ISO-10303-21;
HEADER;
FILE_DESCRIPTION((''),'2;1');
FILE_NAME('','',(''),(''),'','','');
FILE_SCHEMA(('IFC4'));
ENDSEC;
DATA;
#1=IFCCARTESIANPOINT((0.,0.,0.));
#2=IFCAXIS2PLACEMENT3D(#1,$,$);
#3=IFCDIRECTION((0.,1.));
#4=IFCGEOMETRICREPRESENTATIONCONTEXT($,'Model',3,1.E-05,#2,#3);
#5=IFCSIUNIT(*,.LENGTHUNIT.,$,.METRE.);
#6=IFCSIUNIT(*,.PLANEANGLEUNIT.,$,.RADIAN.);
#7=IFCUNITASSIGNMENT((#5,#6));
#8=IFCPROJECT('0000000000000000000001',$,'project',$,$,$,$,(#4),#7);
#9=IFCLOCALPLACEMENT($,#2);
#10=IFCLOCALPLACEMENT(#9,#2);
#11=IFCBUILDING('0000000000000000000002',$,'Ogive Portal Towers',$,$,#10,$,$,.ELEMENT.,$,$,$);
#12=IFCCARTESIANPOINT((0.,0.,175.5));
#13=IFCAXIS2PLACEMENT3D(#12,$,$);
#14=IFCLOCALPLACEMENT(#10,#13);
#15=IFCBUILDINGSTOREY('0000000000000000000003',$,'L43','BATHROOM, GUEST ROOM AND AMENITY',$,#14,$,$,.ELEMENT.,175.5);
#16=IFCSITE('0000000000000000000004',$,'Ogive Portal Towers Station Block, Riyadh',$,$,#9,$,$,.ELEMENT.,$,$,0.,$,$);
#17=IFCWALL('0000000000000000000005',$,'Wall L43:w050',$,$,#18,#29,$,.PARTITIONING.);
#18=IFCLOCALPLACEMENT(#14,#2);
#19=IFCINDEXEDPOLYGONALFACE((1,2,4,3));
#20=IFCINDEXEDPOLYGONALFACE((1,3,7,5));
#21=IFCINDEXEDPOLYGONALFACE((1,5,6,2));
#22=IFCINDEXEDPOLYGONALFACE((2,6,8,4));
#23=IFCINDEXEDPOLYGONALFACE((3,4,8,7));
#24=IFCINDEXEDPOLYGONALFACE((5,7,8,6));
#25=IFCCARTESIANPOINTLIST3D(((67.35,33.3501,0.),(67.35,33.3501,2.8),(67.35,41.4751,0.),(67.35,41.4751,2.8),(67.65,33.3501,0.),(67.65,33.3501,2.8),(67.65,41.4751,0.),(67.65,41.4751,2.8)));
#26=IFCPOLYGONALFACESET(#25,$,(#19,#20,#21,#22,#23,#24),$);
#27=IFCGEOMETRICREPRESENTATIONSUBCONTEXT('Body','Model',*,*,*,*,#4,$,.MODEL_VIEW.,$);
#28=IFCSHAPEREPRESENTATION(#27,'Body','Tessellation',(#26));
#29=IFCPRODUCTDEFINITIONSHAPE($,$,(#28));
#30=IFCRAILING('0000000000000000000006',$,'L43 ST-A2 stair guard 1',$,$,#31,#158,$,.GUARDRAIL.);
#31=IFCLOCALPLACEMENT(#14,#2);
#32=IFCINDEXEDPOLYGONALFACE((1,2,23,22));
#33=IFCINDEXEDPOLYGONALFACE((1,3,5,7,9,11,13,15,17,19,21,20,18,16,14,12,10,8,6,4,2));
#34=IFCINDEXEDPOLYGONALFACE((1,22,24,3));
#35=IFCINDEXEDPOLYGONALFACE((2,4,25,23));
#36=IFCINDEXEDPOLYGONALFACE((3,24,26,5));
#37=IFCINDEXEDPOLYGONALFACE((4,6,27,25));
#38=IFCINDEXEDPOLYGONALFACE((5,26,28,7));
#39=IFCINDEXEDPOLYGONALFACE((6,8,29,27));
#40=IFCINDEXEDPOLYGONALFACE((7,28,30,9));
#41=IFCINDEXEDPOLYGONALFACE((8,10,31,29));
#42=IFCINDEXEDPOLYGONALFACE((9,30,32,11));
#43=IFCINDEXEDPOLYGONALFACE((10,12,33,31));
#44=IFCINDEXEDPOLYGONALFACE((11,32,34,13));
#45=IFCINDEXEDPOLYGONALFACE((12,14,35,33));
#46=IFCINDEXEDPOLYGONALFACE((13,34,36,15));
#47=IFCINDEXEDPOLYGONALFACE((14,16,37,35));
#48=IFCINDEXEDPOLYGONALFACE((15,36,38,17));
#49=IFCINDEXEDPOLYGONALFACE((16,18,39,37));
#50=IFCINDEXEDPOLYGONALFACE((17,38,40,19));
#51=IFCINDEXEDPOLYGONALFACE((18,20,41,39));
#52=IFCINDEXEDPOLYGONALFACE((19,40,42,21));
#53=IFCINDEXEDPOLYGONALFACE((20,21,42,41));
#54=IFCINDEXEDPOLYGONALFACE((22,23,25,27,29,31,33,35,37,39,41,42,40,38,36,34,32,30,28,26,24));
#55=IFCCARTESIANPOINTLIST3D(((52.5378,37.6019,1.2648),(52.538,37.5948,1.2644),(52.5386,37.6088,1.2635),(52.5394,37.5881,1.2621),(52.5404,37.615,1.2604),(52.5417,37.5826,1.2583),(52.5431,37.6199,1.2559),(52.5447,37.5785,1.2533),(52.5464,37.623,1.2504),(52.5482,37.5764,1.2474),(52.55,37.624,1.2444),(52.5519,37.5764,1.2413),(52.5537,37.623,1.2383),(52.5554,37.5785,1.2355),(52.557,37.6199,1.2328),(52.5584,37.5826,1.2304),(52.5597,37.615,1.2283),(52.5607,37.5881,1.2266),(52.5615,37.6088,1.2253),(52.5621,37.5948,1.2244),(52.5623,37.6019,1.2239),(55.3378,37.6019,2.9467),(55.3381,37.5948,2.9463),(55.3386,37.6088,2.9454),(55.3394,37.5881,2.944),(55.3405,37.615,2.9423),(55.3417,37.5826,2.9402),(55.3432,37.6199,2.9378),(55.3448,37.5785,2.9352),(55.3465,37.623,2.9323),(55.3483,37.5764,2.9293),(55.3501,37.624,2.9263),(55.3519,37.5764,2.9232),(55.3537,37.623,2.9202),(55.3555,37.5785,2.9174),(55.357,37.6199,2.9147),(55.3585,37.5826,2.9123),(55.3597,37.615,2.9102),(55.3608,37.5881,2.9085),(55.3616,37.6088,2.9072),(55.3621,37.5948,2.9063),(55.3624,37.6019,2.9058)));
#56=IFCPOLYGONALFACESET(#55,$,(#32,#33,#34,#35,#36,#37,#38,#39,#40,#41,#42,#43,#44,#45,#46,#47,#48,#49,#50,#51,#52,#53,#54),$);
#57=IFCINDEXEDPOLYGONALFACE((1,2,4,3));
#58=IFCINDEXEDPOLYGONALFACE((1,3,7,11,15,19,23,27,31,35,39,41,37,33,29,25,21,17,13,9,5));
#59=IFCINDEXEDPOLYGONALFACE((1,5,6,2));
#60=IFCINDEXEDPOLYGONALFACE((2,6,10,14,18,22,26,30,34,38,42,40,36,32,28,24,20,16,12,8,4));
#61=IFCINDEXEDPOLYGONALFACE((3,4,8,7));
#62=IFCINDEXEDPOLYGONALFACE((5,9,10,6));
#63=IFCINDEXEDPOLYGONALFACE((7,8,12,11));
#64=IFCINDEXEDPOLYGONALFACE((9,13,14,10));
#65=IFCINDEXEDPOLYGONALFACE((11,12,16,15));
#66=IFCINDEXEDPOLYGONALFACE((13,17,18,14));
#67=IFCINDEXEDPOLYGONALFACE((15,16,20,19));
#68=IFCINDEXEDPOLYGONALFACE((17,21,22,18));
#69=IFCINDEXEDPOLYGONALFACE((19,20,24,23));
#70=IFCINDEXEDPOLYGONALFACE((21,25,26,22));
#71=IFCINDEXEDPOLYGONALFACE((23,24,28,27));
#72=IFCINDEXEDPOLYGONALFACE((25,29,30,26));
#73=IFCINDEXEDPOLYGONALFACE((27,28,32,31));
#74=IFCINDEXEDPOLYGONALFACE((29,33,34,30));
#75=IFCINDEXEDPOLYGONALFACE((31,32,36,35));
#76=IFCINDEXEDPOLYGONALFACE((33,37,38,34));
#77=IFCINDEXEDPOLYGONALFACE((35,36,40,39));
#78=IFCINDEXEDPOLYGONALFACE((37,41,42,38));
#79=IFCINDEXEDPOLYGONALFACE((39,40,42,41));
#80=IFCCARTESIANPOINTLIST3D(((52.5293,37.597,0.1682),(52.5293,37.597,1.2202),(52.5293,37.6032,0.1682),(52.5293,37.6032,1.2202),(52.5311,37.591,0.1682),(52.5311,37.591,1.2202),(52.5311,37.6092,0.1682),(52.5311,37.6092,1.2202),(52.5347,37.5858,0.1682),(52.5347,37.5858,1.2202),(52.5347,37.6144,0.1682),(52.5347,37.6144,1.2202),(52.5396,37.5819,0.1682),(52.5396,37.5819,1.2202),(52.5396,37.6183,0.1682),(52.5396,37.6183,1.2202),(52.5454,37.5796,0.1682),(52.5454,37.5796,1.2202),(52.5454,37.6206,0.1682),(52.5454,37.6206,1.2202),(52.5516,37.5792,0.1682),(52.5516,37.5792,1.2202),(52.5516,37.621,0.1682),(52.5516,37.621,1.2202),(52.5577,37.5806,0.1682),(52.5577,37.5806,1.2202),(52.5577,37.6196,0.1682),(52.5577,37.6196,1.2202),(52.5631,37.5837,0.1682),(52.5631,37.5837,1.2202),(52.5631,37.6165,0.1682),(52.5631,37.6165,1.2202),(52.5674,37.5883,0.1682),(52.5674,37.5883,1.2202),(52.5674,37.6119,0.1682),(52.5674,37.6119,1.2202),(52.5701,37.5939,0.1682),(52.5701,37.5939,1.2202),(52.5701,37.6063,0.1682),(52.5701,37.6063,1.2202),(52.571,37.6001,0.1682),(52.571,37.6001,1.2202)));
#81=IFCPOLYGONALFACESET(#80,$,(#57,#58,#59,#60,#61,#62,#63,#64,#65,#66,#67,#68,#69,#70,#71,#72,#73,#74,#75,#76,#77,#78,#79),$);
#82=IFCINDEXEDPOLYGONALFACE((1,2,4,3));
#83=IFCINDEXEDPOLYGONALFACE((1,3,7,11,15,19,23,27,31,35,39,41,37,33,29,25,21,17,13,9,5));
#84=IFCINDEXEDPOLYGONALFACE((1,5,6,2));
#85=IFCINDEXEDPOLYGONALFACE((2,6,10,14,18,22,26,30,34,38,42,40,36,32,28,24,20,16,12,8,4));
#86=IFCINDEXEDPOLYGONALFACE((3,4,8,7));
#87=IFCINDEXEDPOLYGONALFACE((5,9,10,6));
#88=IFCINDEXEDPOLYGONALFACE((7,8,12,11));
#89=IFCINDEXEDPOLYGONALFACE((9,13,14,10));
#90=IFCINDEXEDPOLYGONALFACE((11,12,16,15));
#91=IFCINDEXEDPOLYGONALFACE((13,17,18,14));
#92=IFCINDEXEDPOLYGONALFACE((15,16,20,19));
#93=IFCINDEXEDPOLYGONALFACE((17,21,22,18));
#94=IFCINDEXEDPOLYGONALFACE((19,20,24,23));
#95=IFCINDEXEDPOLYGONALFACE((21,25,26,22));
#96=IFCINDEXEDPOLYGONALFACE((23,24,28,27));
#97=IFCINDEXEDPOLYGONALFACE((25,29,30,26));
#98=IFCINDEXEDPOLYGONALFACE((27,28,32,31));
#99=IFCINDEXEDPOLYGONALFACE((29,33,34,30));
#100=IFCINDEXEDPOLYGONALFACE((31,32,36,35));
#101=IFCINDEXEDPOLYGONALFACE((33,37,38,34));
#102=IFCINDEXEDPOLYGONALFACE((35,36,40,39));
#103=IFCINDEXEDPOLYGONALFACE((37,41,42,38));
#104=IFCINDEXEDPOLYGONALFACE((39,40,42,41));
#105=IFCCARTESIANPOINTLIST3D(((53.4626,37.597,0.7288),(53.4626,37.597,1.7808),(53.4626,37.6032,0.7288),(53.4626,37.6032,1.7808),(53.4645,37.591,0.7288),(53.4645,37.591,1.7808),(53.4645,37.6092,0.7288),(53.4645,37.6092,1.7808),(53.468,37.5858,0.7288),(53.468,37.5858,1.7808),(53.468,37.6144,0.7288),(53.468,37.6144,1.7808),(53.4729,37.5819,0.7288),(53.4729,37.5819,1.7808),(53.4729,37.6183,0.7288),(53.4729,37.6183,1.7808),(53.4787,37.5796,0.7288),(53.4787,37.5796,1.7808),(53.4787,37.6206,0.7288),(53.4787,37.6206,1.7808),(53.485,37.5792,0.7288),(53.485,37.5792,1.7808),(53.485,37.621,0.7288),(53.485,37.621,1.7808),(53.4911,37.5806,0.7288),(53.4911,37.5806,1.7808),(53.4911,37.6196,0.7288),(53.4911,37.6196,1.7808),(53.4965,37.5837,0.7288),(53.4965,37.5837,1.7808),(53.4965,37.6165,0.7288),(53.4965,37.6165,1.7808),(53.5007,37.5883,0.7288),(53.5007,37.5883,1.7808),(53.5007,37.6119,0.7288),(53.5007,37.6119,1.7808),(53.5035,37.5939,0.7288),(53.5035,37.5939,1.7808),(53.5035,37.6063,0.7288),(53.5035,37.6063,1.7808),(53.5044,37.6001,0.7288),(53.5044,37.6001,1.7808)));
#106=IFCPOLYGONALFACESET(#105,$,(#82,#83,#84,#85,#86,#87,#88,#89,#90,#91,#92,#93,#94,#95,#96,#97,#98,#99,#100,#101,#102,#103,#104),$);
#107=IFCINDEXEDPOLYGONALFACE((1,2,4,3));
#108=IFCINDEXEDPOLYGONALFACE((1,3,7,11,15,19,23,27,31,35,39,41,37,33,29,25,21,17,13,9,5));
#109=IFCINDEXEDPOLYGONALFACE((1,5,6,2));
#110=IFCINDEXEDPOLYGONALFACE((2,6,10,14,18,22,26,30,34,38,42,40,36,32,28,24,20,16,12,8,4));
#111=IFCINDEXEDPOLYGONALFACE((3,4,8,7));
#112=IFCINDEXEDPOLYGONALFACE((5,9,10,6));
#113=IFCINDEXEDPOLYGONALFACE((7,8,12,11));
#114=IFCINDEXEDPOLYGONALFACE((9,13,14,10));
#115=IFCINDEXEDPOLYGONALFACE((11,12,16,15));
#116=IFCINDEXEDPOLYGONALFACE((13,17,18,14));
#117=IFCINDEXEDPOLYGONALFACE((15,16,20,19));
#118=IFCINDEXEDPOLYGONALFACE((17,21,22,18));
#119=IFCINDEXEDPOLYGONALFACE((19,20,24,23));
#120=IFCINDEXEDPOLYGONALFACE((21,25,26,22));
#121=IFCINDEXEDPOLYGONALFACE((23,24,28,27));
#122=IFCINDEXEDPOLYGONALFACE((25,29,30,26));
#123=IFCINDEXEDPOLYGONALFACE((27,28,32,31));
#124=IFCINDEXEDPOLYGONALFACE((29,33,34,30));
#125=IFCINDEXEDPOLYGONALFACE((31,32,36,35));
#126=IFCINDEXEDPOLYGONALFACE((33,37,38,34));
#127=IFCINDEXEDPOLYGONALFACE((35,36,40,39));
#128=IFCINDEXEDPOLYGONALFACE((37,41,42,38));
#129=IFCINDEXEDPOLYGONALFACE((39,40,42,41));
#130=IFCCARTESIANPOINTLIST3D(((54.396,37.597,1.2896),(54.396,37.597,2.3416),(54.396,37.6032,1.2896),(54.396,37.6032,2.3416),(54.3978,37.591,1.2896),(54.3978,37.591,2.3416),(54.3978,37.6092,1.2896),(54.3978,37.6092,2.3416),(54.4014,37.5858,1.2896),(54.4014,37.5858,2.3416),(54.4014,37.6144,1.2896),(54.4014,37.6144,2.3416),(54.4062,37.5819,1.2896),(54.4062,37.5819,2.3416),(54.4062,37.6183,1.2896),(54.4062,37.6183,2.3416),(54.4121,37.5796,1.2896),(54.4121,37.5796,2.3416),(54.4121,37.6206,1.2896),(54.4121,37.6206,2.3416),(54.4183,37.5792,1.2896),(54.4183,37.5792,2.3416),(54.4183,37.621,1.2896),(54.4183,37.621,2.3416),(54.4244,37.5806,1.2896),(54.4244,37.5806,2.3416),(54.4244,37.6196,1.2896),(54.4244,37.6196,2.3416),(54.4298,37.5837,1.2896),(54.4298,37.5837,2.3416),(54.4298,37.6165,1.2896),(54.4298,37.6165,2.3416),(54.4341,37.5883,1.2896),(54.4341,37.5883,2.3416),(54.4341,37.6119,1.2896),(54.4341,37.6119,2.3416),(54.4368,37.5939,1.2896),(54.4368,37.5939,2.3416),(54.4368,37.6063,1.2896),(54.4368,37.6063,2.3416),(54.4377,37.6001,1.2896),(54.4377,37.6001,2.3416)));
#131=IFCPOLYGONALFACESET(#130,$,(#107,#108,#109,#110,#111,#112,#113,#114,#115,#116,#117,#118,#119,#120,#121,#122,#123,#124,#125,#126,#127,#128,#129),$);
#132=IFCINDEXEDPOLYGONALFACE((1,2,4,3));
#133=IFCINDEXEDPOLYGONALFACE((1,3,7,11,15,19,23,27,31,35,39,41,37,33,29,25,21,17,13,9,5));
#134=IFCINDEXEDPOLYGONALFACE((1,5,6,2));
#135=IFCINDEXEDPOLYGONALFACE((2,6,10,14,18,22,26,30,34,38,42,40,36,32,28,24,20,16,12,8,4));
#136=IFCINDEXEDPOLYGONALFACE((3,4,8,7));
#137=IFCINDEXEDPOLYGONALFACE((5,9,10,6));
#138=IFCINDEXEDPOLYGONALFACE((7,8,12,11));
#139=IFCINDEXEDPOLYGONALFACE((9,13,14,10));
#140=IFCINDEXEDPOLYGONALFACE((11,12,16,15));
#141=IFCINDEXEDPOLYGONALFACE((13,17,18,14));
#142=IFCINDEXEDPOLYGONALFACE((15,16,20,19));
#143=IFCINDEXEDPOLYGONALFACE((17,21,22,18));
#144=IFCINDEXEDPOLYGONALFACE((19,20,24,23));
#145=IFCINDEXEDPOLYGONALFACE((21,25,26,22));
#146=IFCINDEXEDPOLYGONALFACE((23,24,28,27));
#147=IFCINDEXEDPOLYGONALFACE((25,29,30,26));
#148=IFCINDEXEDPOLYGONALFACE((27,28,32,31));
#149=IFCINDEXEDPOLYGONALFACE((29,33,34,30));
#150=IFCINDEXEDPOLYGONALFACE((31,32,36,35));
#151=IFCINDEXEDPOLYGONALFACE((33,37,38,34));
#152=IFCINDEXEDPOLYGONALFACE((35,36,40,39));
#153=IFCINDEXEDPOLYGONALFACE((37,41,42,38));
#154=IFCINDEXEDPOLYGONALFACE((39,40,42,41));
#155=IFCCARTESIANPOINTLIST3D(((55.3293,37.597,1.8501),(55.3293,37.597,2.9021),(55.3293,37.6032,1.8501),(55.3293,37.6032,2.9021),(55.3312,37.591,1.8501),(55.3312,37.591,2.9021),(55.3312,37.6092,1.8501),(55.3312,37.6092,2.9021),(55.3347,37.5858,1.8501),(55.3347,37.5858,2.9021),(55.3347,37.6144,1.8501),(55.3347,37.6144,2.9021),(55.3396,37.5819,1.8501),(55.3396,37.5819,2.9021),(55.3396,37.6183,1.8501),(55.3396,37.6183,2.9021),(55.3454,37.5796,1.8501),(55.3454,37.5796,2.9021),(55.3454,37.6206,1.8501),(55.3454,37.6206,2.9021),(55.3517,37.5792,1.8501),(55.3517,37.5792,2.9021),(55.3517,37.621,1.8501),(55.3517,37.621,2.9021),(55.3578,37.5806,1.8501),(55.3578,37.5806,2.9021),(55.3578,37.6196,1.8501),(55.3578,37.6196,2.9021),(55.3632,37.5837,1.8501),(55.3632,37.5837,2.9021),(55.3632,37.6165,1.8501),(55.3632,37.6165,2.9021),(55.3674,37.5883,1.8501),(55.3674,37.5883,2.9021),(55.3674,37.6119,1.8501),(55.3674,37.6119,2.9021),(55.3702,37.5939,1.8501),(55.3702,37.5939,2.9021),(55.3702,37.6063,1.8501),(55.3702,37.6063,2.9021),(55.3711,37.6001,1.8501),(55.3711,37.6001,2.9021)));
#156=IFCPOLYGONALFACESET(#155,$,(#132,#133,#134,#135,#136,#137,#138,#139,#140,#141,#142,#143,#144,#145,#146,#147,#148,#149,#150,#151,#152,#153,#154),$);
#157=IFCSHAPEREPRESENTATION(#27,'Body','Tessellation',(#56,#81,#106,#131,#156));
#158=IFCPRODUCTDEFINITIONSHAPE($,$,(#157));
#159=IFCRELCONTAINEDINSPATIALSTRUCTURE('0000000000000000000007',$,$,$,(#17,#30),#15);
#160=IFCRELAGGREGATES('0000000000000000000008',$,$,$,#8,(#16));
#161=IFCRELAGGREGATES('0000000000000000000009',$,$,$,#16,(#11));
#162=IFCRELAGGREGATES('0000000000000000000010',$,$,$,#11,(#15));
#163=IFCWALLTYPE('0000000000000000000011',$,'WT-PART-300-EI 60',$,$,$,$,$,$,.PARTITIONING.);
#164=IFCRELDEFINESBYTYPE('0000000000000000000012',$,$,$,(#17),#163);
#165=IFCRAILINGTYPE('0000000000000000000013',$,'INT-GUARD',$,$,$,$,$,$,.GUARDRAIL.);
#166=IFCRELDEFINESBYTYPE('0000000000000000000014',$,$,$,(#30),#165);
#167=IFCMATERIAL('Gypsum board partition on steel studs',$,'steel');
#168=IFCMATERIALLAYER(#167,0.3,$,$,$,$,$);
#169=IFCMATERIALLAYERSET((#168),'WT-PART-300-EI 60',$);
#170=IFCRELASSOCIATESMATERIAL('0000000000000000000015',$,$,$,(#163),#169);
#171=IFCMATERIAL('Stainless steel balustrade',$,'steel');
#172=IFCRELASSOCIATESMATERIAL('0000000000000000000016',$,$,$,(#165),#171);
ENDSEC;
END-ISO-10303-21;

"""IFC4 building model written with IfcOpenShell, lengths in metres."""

from ifc_helpers import new_model, si_unit, direction, frame, frame_2d, origin, origin_2d, place, context, subcontext, project, spatial, rectangle, circle, extrude, material, layer, layer_set, type_object, element, save


model = new_model("IFC4")

# Units and contexts
model_context = context("Model", 3, precision=1e-05, world=origin(), true_north=direction((0.0, 1.0)))
body_context = subcontext(model_context, "Body", "Model", "MODEL_VIEW")
ifc_project = project(units=[si_unit("LENGTHUNIT", "METRE"), si_unit("PLANEANGLEUNIT", "RADIAN")], contexts=[model_context])

# Site, building, storey
site_placement = place(None, origin())
site = spatial("IfcSite", under=ifc_project, at=site_placement, Name="Ogive Portal Towers Station Block, Riyadh", CompositionType="ELEMENT", RefElevation=0.0)
building_placement = place(site_placement, origin())
building = spatial("IfcBuilding", under=site, at=building_placement, Name="Ogive Portal Towers", CompositionType="ELEMENT")
storey_placement = place(building_placement, frame((0.0, 0.0, 175.5)))
storey = spatial("IfcBuildingStorey", under=building, at=storey_placement, Name="L43", Description="BATHROOM, GUEST ROOM AND AMENITY", CompositionType="ELEMENT", Elevation=175.5)

# Shared definitions
ifc_material_1 = material(Name="Gypsum board partition on steel studs", Category="steel")
ifc_layer_1 = layer(ifc_material_1, 0.3)
ifc_layer_set_1 = layer_set([ifc_layer_1], Name="WT-PART-300-EI 60")
wall_type_1 = type_object("IfcWallType", Name="WT-PART-300-EI 60", PredefinedType="PARTITIONING", material=ifc_layer_set_1)

# Wall
wall_1_placement = place(storey_placement, frame((67.5, 33.3501, 0.0), z_axis=(0.0, 0.0, 1.0), x_axis=(0.0, 1.0, 0.0)))
element("IfcWall", 1, at=wall_1_placement, inside=storey, type_object=wall_type_1, Name="Wall L43:w050", PredefinedType="PARTITIONING", context=body_context, shape_type="SweptSolid", body=[
    extrude(rectangle(XDim=8.125, YDim=0.3, at=frame_2d((4.0625, 0.0))), origin(), (0.0, 0.0, 1.0), 2.8),
])

# Railing
ifc_material_2 = material(Name="Stainless steel balustrade", Category="steel")
railing_type_1 = type_object("IfcRailingType", Name="INT-GUARD", PredefinedType="GUARDRAIL", material=ifc_material_2)
railing_1_placement = place(storey_placement, frame((52.55, 37.6001, 0.1682)))
element("IfcRailing", 2, at=railing_1_placement, inside=storey, type_object=railing_type_1, Name="L43 ST-A2 stair guard 1", PredefinedType="GUARDRAIL", context=body_context, shape_type="SweptSolid", body=[
    extrude(circle(Radius=0.0239, at=origin_2d()), frame((0.0, 0.0, 1.0762), z_axis=(0.857242, 0.0, 0.514913), x_axis=(0.0, 1.0, 0.0)), (0.0, 0.0, 1.0), 3.2664),
    extrude(circle(Radius=0.021, at=origin_2d()), origin(), (0.0, 0.0, 1.0), 1.052),
    extrude(circle(Radius=0.021, at=origin_2d()), frame((0.9333, 0.0, 0.5605)), (0.0, 0.0, 1.0), 1.052),
    extrude(circle(Radius=0.021, at=origin_2d()), frame((1.8667, 0.0, 1.1213)), (0.0, 0.0, 1.0), 1.052),
    extrude(circle(Radius=0.021, at=origin_2d()), frame((2.8, 0.0, 1.6819)), (0.0, 0.0, 1.0), 1.052),
])

save(model, "model.ifc")
